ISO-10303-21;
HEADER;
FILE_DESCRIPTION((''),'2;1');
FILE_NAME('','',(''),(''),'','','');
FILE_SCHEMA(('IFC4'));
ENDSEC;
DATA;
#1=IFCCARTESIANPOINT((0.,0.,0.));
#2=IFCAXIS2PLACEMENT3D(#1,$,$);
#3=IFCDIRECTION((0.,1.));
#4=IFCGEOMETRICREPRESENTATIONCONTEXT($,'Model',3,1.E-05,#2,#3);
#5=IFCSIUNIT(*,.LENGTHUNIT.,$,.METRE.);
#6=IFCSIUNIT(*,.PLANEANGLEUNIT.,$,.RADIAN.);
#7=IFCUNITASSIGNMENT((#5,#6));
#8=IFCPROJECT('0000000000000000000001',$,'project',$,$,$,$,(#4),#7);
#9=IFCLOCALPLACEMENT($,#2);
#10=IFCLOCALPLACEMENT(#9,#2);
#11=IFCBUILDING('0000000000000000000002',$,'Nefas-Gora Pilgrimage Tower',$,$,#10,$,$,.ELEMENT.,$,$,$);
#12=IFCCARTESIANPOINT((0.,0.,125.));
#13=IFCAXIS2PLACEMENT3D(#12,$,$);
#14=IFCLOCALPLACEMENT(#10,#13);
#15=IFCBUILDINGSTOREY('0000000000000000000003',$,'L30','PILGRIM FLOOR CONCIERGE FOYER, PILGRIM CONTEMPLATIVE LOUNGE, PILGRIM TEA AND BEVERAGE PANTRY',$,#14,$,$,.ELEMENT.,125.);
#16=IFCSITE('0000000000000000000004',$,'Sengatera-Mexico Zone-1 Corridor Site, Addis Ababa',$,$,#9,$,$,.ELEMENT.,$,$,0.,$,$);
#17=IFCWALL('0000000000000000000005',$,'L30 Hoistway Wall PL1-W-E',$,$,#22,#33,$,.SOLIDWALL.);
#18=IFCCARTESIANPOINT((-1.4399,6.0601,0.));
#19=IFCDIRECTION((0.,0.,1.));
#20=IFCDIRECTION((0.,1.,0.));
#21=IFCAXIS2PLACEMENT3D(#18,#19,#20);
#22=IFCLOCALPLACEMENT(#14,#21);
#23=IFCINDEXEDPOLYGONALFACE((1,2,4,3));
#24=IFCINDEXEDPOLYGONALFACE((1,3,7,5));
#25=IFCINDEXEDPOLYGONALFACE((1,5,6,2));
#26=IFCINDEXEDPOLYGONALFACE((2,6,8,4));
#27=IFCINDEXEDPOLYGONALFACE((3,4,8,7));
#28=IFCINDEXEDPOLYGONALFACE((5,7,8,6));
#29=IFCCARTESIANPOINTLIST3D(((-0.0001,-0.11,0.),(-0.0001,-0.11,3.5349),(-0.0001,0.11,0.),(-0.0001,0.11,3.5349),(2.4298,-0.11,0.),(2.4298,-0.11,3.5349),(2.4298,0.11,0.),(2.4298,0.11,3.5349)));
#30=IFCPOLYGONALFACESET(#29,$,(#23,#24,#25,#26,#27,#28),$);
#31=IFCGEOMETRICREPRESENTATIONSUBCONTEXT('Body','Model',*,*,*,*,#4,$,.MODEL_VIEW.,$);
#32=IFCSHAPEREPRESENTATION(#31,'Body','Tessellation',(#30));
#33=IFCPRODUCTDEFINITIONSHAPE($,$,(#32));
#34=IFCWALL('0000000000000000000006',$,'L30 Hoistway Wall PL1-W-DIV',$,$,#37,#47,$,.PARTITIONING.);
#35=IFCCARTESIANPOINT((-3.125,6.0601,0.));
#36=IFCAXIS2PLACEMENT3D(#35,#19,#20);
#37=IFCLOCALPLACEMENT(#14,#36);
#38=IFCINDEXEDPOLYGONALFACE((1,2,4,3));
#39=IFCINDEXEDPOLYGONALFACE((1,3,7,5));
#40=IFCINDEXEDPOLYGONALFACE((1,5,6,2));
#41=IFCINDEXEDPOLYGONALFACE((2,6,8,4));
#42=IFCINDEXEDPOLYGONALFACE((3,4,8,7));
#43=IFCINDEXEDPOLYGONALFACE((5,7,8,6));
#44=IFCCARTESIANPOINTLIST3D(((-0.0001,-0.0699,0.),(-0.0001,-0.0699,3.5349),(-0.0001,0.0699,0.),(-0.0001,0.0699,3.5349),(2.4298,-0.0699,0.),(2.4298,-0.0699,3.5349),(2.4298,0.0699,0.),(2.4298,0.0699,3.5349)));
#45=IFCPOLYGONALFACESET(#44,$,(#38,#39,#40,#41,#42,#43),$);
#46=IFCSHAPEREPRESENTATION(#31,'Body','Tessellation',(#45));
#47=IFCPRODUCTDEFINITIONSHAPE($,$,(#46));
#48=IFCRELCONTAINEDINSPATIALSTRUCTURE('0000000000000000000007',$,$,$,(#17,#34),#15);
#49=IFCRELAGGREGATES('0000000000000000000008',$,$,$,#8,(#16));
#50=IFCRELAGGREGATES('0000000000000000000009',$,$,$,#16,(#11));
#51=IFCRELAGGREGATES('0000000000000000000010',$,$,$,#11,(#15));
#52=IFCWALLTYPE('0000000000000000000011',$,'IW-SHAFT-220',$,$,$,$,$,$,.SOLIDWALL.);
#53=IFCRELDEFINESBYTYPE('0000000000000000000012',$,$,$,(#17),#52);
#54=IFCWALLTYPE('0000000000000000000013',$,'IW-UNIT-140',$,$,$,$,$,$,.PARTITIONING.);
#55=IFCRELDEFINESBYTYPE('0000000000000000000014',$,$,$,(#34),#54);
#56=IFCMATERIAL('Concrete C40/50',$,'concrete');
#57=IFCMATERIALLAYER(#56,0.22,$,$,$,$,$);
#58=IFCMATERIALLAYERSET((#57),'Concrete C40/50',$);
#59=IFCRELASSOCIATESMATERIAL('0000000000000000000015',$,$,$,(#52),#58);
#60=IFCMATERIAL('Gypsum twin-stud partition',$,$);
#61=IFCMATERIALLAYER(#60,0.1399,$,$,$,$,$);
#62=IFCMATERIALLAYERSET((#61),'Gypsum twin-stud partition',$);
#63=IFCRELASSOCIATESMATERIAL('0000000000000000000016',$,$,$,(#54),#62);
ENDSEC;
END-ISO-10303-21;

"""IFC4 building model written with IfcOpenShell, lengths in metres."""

from ifc_helpers import new_model, si_unit, direction, frame, frame_2d, origin, place, context, subcontext, project, spatial, rectangle, extrude, source, transform, mapped, material, layer, layer_set, type_object, element, save


model = new_model("IFC4")

# Units and contexts
model_context = context("Model", 3, precision=1e-05, world=origin(), true_north=direction((0.0, 1.0)))
body_context = subcontext(model_context, "Body", "Model", "MODEL_VIEW")
ifc_project = project(units=[si_unit("LENGTHUNIT", "METRE"), si_unit("PLANEANGLEUNIT", "RADIAN")], contexts=[model_context])

# Site, building, storey
site_placement = place(None, origin())
site = spatial("IfcSite", under=ifc_project, at=site_placement, Name="Sengatera-Mexico Zone-1 Corridor Site, Addis Ababa", CompositionType="ELEMENT", RefElevation=0.0)
building_placement = place(site_placement, origin())
building = spatial("IfcBuilding", under=site, at=building_placement, Name="Nefas-Gora Pilgrimage Tower", CompositionType="ELEMENT")
storey_placement = place(building_placement, frame((0.0, 0.0, 125.0)))
storey = spatial("IfcBuildingStorey", under=building, at=storey_placement, Name="L30", Description="PILGRIM FLOOR CONCIERGE FOYER, PILGRIM CONTEMPLATIVE LOUNGE, PILGRIM TEA AND BEVERAGE PANTRY", CompositionType="ELEMENT", Elevation=125.0)

# Shared definitions
ifc_material_1 = material(Name="Concrete C40/50", Category="concrete")

# Shared definitions
ifc_layer_1 = layer(ifc_material_1, 0.22)
ifc_layer_set_1 = layer_set([ifc_layer_1], Name="Concrete C40/50")
wall_type_1 = type_object("IfcWallType", Name="IW-SHAFT-220", PredefinedType="SOLIDWALL", material=ifc_layer_set_1)

# Walls
shared_shape_1 = source(origin(), body_context, "Body", "SweptSolid", [
    extrude(rectangle(XDim=2.4299, YDim=0.22, at=frame_2d((1.2148, 0.0))), origin(), (0.0, 0.0, 1.0), 3.5349),
])
for number, where, z_axis, x_axis, name in (
    (1, (-1.4399, 6.0601, 0.0), (0.0, 0.0, 1.0), (0.0, 1.0, 0.0), "L30 Hoistway Wall PL1-W-E"),
):
    element("IfcWall", number, at=place(storey_placement, frame(where, z_axis=z_axis, x_axis=x_axis)), inside=storey, type_object=wall_type_1, Name=name, PredefinedType="SOLIDWALL", context=body_context, shape_type="MappedRepresentation", body=[
        mapped(shared_shape_1, transform((0.0, 0.0, 0.0), x_axis=(1.0, 0.0, 0.0), y_axis=(0.0, 1.0, 0.0), z_axis=(0.0, 0.0, 1.0), scale=1.0)),
    ])
ifc_material_2 = material(Name="Gypsum twin-stud partition")
ifc_layer_2 = layer(ifc_material_2, 0.1399)
ifc_layer_set_2 = layer_set([ifc_layer_2], Name="Gypsum twin-stud partition")
wall_type_2 = type_object("IfcWallType", Name="IW-UNIT-140", PredefinedType="PARTITIONING", material=ifc_layer_set_2)
shared_shape_2 = source(origin(), body_context, "Body", "SweptSolid", [
    extrude(rectangle(XDim=2.4299, YDim=0.1399, at=frame_2d((1.2148, 0.0))), origin(), (0.0, 0.0, 1.0), 3.5349),
])
wall_1_placement = place(storey_placement, frame((-3.125, 6.0601, 0.0), z_axis=(0.0, 0.0, 1.0), x_axis=(0.0, 1.0, 0.0)))
element("IfcWall", 2, at=wall_1_placement, inside=storey, type_object=wall_type_2, Name="L30 Hoistway Wall PL1-W-DIV", PredefinedType="PARTITIONING", context=body_context, shape_type="MappedRepresentation", body=[
    mapped(shared_shape_2, transform((0.0, 0.0, 0.0), x_axis=(1.0, 0.0, 0.0), y_axis=(0.0, 1.0, 0.0), z_axis=(0.0, 0.0, 1.0), scale=1.0)),
])

save(model, "model.ifc")
